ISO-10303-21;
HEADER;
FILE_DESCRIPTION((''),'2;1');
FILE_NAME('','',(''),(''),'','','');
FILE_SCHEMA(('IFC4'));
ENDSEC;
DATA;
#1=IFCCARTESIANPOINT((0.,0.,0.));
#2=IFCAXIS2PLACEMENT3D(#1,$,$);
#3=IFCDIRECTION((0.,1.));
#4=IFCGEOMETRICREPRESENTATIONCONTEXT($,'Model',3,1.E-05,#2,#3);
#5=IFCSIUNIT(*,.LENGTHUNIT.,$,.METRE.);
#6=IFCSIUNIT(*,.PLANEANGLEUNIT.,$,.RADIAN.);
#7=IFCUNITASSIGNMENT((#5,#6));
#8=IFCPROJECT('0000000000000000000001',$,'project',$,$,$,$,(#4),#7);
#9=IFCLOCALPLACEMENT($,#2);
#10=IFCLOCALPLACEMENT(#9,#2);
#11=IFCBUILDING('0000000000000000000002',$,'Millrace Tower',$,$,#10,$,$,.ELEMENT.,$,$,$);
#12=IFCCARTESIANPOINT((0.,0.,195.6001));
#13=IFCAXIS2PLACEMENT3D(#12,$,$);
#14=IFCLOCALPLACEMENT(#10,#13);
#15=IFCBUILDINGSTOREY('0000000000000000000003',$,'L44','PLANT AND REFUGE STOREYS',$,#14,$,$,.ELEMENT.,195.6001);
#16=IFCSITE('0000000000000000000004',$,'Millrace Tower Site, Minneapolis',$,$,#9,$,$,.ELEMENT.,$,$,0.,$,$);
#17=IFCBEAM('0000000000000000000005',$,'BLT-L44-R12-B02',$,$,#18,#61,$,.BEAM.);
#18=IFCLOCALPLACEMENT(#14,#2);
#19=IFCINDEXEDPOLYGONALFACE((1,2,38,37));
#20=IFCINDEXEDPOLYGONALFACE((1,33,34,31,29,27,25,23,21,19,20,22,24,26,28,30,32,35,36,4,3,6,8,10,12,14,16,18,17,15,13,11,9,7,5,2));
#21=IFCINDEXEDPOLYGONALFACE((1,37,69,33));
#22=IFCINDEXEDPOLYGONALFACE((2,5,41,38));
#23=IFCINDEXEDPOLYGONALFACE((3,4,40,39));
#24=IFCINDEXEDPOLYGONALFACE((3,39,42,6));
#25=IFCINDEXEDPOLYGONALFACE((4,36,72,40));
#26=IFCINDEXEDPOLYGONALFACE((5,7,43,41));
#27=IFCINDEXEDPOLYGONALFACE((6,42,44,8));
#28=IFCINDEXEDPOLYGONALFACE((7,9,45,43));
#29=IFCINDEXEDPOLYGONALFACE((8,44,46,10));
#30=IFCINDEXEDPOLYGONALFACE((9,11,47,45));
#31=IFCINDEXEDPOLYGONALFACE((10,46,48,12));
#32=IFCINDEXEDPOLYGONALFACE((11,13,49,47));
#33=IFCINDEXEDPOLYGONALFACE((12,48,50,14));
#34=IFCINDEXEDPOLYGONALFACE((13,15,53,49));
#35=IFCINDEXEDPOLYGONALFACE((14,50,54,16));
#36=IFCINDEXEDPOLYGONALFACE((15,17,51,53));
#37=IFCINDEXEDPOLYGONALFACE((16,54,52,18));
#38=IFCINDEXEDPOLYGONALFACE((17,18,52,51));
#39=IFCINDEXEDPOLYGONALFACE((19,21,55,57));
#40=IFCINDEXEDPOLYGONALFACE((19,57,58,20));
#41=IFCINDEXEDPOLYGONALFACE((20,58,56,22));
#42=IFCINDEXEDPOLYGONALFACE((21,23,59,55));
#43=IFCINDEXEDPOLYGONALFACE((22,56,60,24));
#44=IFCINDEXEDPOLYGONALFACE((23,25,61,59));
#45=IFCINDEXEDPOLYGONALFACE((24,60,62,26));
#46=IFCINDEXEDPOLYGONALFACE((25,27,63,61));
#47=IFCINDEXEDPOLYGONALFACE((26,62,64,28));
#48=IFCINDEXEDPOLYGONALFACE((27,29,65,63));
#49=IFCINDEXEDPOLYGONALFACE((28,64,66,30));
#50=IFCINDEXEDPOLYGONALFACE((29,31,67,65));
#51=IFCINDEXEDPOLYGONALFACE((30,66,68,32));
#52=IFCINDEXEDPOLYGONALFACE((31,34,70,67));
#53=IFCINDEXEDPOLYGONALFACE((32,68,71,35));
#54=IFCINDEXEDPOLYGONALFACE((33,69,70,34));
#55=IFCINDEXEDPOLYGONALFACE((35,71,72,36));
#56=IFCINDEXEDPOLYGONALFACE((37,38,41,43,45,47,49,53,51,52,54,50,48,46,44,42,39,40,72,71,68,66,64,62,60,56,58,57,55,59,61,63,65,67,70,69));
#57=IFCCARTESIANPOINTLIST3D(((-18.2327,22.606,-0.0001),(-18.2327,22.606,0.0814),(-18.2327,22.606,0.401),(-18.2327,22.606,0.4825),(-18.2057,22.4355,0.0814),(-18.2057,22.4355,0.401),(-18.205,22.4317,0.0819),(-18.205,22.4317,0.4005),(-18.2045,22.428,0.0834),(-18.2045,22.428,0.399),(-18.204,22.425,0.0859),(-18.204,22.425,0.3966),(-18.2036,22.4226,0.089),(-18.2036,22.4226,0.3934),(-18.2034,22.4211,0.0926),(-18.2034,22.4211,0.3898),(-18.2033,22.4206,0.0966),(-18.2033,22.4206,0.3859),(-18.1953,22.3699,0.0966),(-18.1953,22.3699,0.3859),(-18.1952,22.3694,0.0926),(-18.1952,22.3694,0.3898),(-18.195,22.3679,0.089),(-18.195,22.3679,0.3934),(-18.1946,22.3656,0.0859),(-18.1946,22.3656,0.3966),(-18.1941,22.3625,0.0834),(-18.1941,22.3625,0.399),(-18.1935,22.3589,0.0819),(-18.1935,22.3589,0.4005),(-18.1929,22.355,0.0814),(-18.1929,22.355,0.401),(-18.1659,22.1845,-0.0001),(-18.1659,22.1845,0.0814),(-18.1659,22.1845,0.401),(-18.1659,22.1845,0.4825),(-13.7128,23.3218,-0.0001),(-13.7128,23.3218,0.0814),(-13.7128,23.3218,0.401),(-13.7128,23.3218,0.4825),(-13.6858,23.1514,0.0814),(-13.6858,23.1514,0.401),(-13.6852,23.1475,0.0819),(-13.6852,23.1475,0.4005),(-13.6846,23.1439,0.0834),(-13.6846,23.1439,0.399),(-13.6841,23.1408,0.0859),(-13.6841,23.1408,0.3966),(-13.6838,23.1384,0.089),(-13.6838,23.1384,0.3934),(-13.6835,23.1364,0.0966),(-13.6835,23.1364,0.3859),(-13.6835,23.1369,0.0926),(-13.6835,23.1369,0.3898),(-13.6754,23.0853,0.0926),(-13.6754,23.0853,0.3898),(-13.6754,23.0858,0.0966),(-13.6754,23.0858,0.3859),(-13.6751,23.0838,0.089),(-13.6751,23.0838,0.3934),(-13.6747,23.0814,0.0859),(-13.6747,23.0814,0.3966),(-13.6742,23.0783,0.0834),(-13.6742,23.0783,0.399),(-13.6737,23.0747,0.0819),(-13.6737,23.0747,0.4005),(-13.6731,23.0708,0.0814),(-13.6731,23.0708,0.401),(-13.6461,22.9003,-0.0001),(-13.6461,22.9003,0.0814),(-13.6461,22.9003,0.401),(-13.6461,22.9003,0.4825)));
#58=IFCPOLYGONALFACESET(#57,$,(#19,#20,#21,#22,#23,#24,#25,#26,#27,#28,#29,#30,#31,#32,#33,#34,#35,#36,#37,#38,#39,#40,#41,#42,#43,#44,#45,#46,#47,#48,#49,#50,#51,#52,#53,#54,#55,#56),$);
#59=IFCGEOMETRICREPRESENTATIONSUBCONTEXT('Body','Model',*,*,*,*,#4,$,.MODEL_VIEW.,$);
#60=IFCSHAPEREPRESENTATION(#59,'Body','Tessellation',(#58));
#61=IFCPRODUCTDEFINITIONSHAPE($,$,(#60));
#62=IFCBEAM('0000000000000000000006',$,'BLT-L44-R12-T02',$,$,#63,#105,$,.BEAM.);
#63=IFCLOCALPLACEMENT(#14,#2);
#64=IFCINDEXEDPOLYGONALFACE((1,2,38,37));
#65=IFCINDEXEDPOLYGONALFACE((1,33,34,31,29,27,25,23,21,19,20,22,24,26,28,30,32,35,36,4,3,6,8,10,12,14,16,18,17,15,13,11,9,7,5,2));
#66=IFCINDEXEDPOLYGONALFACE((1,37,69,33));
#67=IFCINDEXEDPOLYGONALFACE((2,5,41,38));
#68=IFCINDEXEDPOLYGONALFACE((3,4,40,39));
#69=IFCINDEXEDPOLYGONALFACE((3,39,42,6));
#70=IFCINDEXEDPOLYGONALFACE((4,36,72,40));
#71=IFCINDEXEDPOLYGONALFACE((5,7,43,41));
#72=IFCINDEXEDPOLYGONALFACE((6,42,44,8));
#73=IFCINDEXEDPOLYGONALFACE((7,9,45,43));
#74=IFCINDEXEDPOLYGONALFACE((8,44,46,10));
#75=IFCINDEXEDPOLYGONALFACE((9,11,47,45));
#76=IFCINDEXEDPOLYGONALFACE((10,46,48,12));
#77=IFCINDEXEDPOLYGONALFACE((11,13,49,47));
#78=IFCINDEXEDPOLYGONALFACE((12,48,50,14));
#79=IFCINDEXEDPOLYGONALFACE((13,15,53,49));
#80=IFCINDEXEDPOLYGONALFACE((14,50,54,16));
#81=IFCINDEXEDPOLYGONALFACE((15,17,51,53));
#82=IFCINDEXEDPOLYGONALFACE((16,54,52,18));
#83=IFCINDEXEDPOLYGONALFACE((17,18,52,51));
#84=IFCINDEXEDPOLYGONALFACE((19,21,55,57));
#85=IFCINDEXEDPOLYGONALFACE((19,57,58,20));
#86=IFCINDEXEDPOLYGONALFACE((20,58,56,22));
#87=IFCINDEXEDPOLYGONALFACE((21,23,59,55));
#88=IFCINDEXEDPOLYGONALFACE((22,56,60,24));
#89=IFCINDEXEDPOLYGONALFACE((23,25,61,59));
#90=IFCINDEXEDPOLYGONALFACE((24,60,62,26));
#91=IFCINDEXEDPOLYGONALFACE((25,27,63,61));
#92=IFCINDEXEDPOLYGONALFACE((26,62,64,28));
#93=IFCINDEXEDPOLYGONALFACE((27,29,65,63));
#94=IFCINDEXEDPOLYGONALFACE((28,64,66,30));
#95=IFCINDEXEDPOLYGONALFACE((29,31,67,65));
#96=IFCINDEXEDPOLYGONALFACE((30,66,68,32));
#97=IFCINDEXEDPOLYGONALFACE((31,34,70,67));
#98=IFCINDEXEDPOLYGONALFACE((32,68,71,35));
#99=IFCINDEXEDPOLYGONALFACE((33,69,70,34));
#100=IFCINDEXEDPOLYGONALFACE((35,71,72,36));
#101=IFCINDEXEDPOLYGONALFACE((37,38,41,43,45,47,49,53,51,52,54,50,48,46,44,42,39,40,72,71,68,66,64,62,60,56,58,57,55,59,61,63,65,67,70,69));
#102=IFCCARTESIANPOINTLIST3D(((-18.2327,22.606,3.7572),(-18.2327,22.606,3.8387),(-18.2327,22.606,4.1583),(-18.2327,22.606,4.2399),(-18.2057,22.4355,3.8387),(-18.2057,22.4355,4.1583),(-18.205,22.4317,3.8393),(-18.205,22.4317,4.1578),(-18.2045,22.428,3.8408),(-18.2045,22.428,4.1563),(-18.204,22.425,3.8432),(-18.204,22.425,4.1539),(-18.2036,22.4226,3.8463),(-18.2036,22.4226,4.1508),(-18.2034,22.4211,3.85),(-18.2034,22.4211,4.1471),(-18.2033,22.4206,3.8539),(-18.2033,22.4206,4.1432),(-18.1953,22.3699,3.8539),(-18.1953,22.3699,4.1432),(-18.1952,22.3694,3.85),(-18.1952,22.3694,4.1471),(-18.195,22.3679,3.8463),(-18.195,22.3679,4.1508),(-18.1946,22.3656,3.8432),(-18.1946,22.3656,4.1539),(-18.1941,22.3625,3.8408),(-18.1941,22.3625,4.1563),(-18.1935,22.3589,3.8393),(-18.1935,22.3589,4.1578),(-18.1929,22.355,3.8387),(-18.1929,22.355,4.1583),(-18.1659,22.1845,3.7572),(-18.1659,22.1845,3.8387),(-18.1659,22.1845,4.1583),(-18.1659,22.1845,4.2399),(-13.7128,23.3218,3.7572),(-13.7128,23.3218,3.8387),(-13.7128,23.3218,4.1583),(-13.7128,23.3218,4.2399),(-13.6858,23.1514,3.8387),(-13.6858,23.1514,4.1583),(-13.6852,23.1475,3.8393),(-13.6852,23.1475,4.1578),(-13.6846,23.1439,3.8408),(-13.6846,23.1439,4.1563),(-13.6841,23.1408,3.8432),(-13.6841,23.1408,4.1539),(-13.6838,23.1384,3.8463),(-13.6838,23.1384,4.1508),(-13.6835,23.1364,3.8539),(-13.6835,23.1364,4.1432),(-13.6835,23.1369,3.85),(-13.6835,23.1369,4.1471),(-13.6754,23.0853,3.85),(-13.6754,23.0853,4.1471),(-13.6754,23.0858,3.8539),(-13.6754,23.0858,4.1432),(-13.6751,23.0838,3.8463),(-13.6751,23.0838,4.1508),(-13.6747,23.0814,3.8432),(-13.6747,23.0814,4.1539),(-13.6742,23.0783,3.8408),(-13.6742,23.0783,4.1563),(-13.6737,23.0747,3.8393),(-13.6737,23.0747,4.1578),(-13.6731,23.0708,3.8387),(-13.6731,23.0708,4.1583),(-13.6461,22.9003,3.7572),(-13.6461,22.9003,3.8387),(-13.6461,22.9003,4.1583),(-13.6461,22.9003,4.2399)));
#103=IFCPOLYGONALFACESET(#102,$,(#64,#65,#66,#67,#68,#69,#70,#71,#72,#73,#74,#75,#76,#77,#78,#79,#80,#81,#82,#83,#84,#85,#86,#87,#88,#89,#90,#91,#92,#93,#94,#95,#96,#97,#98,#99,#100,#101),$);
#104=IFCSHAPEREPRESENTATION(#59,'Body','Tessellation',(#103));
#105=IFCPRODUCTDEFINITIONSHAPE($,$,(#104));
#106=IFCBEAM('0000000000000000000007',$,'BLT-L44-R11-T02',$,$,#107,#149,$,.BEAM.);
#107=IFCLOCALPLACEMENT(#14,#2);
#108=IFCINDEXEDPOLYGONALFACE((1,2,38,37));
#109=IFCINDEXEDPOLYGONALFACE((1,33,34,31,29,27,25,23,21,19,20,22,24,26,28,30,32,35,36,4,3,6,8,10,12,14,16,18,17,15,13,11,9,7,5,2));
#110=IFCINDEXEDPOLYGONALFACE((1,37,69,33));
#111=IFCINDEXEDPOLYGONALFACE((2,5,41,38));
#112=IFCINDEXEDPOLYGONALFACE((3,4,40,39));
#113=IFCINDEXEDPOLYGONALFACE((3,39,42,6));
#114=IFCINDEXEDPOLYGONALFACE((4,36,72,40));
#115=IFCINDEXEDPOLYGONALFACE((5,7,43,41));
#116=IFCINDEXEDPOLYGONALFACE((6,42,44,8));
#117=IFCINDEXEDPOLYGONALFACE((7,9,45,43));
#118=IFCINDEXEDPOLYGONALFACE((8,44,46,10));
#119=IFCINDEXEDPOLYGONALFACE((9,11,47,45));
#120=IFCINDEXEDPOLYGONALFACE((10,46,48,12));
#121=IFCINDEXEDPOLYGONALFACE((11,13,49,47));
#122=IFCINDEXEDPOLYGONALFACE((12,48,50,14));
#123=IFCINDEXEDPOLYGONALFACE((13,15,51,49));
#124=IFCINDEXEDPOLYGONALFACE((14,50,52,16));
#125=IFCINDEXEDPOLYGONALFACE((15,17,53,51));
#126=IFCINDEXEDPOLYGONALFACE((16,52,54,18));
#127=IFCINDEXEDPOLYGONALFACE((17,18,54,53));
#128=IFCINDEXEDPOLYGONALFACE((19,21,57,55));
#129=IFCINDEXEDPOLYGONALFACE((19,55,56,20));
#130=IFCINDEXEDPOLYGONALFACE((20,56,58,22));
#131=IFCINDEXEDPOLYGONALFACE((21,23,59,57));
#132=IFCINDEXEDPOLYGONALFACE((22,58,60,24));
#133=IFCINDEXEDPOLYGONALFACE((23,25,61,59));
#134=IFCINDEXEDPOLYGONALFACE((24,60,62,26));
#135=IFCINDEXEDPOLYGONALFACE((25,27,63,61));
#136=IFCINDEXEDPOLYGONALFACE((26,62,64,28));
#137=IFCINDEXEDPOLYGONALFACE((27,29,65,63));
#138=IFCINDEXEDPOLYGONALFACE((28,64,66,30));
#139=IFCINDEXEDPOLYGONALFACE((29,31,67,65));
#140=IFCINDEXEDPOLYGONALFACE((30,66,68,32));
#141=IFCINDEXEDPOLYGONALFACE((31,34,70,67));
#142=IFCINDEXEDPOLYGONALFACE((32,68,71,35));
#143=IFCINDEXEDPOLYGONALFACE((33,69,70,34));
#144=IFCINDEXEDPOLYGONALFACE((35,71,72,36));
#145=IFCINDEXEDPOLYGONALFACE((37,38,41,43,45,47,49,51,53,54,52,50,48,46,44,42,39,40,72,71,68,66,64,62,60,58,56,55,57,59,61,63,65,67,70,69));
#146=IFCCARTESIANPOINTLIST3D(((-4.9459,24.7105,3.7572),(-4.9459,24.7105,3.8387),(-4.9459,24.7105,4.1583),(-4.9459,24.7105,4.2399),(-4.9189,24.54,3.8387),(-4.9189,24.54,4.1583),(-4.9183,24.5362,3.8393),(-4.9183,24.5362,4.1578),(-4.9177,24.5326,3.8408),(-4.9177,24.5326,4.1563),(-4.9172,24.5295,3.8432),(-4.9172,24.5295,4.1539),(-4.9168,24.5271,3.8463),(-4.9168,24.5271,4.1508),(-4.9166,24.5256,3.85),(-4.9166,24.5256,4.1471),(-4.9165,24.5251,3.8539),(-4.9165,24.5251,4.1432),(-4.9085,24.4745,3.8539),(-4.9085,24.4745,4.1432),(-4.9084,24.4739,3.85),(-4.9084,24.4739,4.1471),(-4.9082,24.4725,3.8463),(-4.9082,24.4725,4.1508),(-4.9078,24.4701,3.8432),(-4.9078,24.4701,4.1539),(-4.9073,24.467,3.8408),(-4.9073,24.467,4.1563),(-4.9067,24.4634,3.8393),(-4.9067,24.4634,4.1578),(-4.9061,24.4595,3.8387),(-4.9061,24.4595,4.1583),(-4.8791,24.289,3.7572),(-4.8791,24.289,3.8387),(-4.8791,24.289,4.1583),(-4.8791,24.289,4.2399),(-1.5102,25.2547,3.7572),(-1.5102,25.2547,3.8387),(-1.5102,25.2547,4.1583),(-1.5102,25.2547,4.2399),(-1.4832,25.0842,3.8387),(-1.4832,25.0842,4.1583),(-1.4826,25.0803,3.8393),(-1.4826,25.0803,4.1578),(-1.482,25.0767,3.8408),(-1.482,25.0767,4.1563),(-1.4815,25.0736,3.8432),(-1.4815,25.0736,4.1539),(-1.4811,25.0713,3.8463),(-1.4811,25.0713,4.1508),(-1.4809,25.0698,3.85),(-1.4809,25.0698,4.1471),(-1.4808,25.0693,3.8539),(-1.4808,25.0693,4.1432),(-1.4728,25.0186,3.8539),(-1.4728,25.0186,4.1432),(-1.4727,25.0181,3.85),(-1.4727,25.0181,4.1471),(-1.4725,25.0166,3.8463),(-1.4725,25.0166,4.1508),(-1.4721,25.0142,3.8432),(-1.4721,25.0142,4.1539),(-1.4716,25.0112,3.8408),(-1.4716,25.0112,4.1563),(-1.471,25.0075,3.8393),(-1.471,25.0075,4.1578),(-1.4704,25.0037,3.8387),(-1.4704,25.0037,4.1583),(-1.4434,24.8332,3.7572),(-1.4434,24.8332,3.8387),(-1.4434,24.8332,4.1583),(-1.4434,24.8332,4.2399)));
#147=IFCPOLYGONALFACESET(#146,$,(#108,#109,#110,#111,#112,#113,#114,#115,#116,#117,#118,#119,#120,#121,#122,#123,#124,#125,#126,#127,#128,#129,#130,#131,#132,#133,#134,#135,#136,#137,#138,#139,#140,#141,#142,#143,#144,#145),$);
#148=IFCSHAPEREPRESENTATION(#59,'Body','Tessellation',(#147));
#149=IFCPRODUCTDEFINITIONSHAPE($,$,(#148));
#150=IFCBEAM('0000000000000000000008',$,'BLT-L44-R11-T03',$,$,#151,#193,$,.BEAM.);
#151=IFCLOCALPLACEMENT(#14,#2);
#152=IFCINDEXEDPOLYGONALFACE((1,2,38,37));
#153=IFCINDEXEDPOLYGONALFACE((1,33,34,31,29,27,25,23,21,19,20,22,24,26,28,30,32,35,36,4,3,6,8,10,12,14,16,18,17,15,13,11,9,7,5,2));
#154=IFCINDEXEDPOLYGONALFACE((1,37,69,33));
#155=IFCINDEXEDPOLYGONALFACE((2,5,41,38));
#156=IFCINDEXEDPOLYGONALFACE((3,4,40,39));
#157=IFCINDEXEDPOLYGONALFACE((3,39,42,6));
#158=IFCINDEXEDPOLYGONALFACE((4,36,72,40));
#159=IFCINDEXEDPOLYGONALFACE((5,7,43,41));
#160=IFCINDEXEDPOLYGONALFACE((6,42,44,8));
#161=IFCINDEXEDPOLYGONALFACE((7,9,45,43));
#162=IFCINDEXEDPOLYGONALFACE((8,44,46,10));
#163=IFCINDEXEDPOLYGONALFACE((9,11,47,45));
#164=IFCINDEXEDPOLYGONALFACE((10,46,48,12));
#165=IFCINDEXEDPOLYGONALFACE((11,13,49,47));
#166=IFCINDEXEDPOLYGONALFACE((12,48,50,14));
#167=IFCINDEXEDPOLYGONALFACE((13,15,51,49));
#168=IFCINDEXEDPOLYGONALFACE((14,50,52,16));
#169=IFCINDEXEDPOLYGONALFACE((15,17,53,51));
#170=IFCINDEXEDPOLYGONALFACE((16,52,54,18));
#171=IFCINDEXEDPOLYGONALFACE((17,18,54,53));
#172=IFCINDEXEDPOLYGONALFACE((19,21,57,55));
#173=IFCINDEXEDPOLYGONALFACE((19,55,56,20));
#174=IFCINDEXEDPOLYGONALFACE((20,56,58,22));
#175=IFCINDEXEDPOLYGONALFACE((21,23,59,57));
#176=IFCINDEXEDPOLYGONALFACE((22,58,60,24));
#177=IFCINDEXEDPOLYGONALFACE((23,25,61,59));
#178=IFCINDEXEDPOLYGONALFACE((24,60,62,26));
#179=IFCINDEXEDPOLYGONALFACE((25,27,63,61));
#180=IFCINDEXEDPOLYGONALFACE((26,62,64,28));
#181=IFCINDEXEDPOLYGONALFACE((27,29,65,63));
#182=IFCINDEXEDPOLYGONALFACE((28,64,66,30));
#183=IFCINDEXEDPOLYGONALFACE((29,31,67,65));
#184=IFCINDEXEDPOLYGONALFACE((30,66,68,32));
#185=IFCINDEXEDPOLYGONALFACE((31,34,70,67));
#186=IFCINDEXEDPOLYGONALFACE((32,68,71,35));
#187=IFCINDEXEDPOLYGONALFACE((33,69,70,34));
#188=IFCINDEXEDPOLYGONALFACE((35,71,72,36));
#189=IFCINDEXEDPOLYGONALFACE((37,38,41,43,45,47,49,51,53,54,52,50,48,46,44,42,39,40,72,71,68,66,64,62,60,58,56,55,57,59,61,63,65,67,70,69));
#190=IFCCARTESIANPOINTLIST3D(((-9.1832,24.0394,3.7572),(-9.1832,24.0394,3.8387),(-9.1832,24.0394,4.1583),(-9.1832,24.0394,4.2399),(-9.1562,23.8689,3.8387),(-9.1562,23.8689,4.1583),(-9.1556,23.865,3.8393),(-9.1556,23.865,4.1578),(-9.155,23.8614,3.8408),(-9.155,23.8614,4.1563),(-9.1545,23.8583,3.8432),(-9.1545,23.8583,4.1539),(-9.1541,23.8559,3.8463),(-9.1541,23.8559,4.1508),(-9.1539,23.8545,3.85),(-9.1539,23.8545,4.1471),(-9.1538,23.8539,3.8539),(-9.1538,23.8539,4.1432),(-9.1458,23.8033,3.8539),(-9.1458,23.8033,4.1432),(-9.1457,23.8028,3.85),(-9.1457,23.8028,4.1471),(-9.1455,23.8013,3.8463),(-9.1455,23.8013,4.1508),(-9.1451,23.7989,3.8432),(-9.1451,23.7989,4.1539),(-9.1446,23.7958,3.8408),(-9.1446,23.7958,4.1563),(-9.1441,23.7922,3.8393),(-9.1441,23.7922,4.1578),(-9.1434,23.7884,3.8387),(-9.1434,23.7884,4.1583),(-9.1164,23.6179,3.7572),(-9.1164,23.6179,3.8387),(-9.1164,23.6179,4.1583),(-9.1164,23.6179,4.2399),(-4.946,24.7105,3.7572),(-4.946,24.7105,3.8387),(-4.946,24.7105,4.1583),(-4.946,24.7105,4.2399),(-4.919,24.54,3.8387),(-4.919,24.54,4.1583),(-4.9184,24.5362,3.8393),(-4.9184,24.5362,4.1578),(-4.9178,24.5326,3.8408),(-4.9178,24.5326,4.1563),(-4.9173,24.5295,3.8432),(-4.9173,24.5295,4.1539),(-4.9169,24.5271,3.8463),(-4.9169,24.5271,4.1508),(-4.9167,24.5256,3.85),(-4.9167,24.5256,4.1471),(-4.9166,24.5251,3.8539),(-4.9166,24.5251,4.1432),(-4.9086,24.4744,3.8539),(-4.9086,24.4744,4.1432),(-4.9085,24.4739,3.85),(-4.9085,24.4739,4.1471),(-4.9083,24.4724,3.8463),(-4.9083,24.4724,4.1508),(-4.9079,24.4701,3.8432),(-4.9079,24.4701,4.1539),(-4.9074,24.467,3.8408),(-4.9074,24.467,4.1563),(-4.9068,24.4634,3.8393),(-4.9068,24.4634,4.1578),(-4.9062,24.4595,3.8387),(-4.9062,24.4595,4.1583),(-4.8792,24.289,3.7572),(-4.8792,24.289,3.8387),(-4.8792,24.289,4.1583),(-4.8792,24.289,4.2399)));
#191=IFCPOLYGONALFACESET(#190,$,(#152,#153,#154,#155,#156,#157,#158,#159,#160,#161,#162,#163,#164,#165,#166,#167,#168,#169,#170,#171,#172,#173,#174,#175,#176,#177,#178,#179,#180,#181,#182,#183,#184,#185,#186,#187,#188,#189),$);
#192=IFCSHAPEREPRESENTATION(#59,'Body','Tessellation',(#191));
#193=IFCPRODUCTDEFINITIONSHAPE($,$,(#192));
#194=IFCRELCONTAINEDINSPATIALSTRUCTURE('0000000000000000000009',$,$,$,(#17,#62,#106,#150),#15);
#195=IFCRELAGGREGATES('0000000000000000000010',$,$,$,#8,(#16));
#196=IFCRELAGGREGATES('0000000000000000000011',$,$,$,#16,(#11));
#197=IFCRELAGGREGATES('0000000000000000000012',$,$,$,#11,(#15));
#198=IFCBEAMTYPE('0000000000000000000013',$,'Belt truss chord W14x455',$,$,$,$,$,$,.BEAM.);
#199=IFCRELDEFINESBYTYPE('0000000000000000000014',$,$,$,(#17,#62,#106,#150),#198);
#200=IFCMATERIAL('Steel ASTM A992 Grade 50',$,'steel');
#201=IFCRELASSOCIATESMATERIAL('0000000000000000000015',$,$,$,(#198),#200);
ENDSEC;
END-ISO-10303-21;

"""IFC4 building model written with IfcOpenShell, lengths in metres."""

from ifc_helpers import new_model, si_unit, direction, frame, origin, origin_2d, place, context, subcontext, project, spatial, i_section, extrude, material, material_profile, profile_set, type_object, element, save


model = new_model("IFC4")

# Units and contexts
model_context = context("Model", 3, precision=1e-05, world=origin(), true_north=direction((0.0, 1.0)))
body_context = subcontext(model_context, "Body", "Model", "MODEL_VIEW")
ifc_project = project(units=[si_unit("LENGTHUNIT", "METRE"), si_unit("PLANEANGLEUNIT", "RADIAN")], contexts=[model_context])

# Site, building, storey
site_placement = place(None, origin())
site = spatial("IfcSite", under=ifc_project, at=site_placement, Name="Millrace Tower Site, Minneapolis", CompositionType="ELEMENT", RefElevation=0.0)
building_placement = place(site_placement, origin())
building = spatial("IfcBuilding", under=site, at=building_placement, Name="Millrace Tower", CompositionType="ELEMENT")
storey_placement = place(building_placement, frame((0.0, 0.0, 195.6001)))
storey = spatial("IfcBuildingStorey", under=building, at=storey_placement, Name="L44", Description="PLANT AND REFUGE STOREYS", CompositionType="ELEMENT", Elevation=195.6001)

# Beams
ifc_material_1 = material(Name="Steel ASTM A992 Grade 50", Category="steel")
ifc_material_profile_1 = material_profile(ifc_material_1, i_section(OverallWidth=0.4268, OverallDepth=0.4827, WebThickness=0.0513, FlangeThickness=0.0815, FilletRadius=0.0151, at=origin_2d()))
ifc_profile_set_1 = profile_set([ifc_material_profile_1], Name="Steel ASTM A992 Grade 50")
beam_type = type_object("IfcBeamType", Name="Belt truss chord W14x455", PredefinedType="BEAM", material=ifc_profile_set_1)
for number, where, z_axis, x_axis, name in (
    (1, (-13.6794, 23.1111, 0.2412), (-0.98769, -0.156426, 0.0), (0.156426, -0.98769, 0.0), "BLT-L44-R12-B02"),
    (2, (-13.6794, 23.1111, 3.9985), (-0.98769, -0.156426, 0.0), (0.156426, -0.98769, 0.0), "BLT-L44-R12-T02"),
):
    element("IfcBeam", number, at=place(storey_placement, frame(where, z_axis=z_axis, x_axis=x_axis)), inside=storey, type_object=beam_type, Name=name, PredefinedType="BEAM", context=body_context, shape_type="SweptSolid", body=[
        extrude(i_section(OverallWidth=0.4268, OverallDepth=0.4827, WebThickness=0.0513, FlangeThickness=0.0815, FilletRadius=0.0151, at=origin_2d()), origin(), (0.0, 0.0, 1.0), 4.5762),
    ])
beam_1_placement = place(storey_placement, frame((-1.4768, 25.0439, 3.9985), z_axis=(-0.987688, -0.156438, 0.0), x_axis=(0.156438, -0.987688, 0.0)))
element("IfcBeam", 3, at=beam_1_placement, inside=storey, type_object=beam_type, Name="BLT-L44-R11-T02", PredefinedType="BEAM", context=body_context, shape_type="SweptSolid", body=[
    extrude(i_section(OverallWidth=0.4268, OverallDepth=0.4827, WebThickness=0.0513, FlangeThickness=0.0815, FilletRadius=0.0151, at=origin_2d()), origin(), (0.0, 0.0, 1.0), 3.4785),
])
beam_2_placement = place(storey_placement, frame((-4.9126, 24.4998, 3.9985), z_axis=(-0.987688, -0.156439, 0.0), x_axis=(0.156439, -0.987688, 0.0)))
element("IfcBeam", 4, at=beam_2_placement, inside=storey, type_object=beam_type, Name="BLT-L44-R11-T03", PredefinedType="BEAM", context=body_context, shape_type="SweptSolid", body=[
    extrude(i_section(OverallWidth=0.4268, OverallDepth=0.4827, WebThickness=0.0513, FlangeThickness=0.0815, FilletRadius=0.0151, at=origin_2d()), origin(), (0.0, 0.0, 1.0), 4.29),
])

save(model, "model.ifc")
